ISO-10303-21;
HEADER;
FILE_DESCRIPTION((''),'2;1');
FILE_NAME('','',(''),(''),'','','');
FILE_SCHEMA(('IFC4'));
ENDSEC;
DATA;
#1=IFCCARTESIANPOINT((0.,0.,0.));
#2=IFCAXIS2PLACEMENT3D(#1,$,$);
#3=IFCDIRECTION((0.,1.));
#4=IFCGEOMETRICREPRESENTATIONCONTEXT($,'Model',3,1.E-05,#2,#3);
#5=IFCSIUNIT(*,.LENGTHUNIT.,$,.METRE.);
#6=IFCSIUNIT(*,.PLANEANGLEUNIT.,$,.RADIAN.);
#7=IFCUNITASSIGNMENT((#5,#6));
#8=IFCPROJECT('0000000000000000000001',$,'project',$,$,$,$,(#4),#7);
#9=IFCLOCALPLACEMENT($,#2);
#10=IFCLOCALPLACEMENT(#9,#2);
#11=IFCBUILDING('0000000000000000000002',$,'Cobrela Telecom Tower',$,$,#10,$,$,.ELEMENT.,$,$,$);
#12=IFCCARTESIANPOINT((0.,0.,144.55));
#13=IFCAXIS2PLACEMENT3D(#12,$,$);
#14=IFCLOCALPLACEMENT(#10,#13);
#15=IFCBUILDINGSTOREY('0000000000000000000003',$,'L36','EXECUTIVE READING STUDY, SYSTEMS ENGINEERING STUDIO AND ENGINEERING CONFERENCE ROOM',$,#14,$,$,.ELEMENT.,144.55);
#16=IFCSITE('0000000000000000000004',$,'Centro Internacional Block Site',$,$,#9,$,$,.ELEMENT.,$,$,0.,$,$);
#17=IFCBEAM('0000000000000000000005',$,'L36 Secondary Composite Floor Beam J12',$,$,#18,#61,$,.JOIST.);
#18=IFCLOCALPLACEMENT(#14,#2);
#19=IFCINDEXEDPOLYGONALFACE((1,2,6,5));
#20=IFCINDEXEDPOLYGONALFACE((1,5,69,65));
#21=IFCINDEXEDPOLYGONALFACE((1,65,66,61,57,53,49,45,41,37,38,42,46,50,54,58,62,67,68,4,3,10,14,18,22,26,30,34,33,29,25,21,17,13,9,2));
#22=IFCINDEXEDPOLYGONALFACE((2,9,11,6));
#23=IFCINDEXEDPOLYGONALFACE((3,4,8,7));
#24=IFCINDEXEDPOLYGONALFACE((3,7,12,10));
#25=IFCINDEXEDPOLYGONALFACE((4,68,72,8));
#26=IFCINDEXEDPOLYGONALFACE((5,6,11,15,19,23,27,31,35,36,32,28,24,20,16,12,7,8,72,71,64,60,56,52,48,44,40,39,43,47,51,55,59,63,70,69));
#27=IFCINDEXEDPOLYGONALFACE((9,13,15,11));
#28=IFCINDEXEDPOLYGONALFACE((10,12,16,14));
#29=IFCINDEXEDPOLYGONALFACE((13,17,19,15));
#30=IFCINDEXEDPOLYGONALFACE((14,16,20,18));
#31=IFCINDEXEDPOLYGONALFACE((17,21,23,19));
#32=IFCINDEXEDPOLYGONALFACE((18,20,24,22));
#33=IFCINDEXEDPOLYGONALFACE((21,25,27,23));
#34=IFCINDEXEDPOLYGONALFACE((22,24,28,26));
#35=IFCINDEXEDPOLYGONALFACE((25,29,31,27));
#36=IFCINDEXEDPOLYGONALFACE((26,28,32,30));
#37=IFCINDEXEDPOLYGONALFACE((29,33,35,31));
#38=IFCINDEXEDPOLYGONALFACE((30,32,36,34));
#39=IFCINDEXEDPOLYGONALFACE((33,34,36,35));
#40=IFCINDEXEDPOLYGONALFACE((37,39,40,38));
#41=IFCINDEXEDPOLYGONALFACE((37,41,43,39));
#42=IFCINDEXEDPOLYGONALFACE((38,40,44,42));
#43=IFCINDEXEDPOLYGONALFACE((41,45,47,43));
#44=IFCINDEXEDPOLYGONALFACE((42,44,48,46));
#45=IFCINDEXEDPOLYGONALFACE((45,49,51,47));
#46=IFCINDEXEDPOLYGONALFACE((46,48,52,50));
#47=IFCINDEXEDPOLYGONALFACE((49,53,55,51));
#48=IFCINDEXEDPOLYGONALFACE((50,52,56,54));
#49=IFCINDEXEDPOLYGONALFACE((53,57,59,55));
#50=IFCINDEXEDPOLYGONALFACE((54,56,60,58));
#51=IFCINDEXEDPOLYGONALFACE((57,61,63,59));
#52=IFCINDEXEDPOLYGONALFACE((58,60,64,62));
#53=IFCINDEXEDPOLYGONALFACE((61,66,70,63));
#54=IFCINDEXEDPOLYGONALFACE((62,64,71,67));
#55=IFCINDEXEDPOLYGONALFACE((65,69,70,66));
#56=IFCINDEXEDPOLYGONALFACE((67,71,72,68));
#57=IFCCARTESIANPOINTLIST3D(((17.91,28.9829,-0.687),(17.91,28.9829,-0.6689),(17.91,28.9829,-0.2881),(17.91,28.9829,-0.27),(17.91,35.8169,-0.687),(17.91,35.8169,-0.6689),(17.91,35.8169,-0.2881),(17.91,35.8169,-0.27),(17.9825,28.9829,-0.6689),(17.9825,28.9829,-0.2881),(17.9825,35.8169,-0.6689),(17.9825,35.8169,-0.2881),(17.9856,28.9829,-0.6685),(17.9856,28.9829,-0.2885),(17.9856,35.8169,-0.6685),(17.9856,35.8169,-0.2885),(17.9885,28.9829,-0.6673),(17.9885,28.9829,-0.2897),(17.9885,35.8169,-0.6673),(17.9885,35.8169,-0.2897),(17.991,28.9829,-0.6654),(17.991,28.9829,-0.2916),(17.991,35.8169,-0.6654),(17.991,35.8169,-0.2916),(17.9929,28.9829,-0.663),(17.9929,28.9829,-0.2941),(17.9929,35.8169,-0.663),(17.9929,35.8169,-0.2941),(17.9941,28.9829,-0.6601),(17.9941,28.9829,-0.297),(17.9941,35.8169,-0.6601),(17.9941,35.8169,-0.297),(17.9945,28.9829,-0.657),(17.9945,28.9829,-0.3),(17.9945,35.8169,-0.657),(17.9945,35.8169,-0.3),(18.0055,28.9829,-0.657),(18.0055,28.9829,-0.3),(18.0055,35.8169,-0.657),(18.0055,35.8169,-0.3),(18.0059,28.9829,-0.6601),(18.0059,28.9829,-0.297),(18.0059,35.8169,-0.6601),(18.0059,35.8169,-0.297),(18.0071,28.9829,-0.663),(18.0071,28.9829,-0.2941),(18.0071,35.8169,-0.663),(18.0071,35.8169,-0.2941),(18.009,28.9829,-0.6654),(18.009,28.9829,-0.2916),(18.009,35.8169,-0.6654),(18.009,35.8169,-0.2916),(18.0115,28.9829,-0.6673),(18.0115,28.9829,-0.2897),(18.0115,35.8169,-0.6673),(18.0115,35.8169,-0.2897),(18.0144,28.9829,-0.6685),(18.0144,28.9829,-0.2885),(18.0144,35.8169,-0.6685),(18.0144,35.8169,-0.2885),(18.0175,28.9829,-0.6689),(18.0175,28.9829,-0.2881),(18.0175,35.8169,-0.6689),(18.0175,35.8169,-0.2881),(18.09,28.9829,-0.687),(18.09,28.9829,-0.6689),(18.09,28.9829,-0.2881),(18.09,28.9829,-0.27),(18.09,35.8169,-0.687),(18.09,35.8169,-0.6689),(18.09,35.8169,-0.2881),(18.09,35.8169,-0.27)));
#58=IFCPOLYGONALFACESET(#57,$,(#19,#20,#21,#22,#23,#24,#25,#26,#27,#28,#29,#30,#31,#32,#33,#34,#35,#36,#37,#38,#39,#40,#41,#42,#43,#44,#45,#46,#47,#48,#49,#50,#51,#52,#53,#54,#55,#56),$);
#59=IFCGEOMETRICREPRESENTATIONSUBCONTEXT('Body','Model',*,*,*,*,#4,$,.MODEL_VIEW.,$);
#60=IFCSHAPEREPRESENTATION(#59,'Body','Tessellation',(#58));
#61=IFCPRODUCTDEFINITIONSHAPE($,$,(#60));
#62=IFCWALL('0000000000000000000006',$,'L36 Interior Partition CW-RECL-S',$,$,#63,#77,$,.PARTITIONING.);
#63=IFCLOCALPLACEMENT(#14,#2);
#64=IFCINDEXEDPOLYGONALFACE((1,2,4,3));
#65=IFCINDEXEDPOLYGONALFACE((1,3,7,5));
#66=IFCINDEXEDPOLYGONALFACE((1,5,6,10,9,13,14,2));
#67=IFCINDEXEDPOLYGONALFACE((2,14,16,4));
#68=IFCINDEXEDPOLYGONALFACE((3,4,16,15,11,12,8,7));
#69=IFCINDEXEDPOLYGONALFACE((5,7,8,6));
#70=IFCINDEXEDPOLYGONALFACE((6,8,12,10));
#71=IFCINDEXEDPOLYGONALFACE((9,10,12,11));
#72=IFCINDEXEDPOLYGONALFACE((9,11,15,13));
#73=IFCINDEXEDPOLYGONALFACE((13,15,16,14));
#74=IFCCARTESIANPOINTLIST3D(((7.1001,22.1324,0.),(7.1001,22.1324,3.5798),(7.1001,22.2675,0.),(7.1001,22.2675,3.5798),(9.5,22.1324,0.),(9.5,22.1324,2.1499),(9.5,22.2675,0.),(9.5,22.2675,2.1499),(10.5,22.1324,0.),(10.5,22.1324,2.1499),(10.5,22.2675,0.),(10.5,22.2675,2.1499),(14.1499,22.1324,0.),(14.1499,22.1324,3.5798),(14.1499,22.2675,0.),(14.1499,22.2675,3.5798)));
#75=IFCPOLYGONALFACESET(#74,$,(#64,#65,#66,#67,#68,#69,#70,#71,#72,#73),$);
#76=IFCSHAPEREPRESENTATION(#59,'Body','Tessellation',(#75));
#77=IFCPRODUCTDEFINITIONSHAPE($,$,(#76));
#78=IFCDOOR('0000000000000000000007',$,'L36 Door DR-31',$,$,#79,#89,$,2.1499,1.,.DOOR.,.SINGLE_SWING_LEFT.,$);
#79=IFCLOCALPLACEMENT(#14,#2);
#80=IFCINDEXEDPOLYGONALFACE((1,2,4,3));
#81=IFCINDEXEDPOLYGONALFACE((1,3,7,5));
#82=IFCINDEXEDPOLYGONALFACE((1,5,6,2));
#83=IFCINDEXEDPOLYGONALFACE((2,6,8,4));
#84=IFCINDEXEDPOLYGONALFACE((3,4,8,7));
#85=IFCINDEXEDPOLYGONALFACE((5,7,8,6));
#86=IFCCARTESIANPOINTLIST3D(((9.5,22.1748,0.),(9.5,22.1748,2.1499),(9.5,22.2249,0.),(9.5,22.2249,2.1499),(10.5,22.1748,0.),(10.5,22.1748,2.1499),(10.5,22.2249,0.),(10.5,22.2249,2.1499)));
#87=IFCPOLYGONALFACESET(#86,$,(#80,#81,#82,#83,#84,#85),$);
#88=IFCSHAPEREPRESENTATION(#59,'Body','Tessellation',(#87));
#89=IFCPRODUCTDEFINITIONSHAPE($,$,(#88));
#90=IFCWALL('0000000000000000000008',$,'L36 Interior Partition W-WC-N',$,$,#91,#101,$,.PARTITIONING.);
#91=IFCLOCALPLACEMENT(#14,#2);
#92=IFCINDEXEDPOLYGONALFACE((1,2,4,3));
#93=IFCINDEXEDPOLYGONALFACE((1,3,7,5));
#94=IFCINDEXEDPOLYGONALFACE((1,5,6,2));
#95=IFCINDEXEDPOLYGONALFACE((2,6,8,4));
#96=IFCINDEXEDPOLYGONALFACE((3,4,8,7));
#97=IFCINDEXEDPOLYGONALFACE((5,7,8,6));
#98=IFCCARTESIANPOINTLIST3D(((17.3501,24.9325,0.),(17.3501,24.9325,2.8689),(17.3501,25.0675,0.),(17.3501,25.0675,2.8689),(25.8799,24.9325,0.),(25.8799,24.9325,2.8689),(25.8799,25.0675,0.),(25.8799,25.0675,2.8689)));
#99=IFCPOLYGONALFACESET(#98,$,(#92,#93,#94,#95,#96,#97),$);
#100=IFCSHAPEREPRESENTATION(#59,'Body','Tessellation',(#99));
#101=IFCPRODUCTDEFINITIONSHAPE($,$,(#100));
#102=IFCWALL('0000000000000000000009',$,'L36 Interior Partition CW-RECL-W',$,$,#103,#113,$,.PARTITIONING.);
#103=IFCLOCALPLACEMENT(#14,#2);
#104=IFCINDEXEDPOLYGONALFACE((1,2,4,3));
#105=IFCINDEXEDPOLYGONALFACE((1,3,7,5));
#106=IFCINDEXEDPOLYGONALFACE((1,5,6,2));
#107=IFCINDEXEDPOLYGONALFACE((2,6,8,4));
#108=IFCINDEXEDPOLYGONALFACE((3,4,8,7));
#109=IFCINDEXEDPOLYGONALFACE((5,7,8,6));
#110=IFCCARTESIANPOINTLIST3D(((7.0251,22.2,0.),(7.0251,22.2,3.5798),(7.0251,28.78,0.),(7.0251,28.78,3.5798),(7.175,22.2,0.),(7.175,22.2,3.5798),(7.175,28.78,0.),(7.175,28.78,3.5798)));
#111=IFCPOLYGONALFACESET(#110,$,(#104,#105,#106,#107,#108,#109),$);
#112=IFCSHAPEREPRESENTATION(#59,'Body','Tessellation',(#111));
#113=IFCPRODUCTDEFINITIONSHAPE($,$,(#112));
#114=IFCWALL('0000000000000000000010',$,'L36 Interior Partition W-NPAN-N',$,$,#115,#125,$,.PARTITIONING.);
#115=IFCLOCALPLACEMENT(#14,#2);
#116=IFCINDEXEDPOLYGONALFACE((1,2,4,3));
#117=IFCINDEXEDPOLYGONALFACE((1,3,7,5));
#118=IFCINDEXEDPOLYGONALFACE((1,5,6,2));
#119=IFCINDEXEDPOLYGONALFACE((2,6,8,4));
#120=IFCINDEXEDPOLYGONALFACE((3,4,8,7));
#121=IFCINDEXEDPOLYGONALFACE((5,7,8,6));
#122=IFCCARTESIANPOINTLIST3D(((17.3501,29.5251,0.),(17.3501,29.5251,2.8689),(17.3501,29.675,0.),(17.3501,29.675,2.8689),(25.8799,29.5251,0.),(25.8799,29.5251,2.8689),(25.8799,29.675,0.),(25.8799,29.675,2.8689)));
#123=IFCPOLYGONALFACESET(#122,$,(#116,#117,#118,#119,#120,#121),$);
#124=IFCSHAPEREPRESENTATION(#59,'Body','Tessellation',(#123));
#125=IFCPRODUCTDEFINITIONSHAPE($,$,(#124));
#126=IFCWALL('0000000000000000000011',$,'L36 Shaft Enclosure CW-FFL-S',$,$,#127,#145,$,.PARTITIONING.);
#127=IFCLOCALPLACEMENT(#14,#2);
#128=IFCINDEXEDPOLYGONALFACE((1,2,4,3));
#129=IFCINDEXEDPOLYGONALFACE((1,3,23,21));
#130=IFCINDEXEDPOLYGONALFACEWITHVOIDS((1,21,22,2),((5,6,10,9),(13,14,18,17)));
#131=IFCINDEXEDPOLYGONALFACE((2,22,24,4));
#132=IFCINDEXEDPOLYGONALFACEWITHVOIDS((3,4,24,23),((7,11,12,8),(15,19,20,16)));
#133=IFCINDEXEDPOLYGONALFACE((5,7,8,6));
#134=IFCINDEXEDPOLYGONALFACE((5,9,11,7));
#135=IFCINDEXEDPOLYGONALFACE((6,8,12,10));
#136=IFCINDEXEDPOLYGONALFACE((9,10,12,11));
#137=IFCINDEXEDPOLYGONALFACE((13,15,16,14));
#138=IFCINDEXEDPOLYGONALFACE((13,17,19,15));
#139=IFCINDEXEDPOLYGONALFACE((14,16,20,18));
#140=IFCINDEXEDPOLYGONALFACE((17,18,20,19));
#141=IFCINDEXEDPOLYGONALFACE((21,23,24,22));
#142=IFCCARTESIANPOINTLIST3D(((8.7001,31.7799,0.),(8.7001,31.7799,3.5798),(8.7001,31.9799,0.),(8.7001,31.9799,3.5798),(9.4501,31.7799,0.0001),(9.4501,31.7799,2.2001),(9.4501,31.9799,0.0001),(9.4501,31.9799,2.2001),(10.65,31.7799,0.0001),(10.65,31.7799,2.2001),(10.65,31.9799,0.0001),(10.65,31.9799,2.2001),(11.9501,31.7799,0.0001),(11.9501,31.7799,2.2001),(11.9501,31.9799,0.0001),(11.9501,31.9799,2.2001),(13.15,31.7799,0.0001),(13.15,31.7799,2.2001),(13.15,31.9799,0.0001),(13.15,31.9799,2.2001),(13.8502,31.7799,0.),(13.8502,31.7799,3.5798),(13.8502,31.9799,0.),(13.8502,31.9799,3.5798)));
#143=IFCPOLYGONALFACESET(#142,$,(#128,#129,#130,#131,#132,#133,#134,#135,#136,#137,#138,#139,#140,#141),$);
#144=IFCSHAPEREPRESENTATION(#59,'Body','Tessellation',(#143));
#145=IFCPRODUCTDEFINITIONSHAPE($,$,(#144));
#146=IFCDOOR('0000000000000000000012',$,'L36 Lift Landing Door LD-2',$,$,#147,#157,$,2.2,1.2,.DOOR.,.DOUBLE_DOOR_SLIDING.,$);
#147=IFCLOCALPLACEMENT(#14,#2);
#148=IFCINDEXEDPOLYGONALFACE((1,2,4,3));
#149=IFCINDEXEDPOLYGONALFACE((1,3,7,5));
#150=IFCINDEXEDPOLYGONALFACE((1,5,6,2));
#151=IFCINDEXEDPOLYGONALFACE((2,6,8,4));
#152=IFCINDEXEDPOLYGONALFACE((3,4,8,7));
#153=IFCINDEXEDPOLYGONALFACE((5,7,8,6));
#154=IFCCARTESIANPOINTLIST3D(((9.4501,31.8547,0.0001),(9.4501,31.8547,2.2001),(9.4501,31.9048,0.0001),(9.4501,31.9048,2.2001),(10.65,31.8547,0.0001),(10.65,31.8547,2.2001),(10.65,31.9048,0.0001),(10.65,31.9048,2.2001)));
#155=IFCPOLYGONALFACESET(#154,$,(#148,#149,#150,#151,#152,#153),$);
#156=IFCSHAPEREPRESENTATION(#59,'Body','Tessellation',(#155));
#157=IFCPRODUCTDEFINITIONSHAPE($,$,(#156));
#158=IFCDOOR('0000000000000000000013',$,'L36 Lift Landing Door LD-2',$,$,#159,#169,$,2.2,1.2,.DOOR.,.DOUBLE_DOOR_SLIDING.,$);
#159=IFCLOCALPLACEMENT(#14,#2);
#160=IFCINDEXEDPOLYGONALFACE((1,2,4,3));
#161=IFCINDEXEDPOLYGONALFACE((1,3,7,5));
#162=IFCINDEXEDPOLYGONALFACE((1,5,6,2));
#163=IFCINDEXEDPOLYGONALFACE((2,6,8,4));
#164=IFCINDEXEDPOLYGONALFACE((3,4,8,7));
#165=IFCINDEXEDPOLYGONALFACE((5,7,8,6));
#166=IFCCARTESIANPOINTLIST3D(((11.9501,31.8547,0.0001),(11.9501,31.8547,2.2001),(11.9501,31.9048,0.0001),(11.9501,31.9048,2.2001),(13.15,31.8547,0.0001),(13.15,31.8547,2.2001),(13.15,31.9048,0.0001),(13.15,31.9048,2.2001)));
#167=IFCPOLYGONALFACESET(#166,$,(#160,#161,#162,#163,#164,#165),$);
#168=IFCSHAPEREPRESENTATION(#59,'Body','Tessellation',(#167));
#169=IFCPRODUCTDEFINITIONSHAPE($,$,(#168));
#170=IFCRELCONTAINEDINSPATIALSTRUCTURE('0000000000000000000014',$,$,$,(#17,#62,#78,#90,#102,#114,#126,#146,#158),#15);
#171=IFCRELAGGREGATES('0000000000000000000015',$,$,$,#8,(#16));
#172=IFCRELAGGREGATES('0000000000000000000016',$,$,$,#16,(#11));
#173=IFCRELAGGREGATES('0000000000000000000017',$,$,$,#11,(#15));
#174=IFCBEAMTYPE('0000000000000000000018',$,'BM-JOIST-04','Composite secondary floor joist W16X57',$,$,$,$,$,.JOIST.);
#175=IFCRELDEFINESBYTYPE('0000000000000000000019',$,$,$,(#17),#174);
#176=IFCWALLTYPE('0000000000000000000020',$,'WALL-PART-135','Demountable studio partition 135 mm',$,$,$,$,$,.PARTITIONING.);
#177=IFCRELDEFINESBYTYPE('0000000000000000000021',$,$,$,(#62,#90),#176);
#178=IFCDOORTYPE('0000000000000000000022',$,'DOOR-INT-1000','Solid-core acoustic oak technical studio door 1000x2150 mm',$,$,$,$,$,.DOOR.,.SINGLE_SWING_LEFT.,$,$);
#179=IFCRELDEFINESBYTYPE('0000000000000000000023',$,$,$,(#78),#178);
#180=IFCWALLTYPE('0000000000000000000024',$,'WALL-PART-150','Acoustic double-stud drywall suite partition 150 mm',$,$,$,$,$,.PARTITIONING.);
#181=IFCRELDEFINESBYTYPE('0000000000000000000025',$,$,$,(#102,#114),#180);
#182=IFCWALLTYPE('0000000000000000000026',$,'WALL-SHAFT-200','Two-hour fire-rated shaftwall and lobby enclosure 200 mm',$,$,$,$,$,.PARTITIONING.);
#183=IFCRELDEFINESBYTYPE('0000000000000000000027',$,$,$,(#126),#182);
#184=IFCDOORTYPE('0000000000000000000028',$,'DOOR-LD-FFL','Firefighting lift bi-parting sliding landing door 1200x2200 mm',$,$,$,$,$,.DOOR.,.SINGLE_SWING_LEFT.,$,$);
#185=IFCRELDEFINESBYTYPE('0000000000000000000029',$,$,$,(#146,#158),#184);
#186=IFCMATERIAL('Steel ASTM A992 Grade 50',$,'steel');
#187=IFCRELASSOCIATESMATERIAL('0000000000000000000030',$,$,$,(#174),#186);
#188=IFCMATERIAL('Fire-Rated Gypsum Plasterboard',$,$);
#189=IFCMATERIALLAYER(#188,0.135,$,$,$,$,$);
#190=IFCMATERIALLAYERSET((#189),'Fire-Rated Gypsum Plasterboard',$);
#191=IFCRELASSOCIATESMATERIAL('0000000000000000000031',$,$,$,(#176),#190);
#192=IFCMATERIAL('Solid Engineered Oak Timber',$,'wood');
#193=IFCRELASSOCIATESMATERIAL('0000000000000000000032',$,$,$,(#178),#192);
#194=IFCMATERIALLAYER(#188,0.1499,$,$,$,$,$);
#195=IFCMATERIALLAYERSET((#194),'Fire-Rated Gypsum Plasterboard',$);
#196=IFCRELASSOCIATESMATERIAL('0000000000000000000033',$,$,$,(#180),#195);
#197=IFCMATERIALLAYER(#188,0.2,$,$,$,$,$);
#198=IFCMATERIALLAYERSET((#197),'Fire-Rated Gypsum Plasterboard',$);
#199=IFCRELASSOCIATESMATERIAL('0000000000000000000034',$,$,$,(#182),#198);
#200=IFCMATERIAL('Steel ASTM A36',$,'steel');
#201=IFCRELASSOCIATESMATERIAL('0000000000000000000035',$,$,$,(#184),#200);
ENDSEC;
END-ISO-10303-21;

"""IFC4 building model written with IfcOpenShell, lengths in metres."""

from ifc_helpers import new_model, si_unit, direction, frame, frame_2d, origin, origin_2d, place, context, subcontext, project, spatial, rectangle, i_section, extrude, material, layer, layer_set, material_profile, profile_set, type_object, element, fill, save


model = new_model("IFC4")

# Units and contexts
model_context = context("Model", 3, precision=1e-05, world=origin(), true_north=direction((0.0, 1.0)))
body_context = subcontext(model_context, "Body", "Model", "MODEL_VIEW")
ifc_project = project(units=[si_unit("LENGTHUNIT", "METRE"), si_unit("PLANEANGLEUNIT", "RADIAN")], contexts=[model_context])

# Site, building, storey
site_placement = place(None, origin())
site = spatial("IfcSite", under=ifc_project, at=site_placement, Name="Centro Internacional Block Site", CompositionType="ELEMENT", RefElevation=0.0)
building_placement = place(site_placement, origin())
building = spatial("IfcBuilding", under=site, at=building_placement, Name="Cobrela Telecom Tower", CompositionType="ELEMENT")
storey_placement = place(building_placement, frame((0.0, 0.0, 144.55)))
storey = spatial("IfcBuildingStorey", under=building, at=storey_placement, Name="L36", Description="EXECUTIVE READING STUDY, SYSTEMS ENGINEERING STUDIO AND ENGINEERING CONFERENCE ROOM", CompositionType="ELEMENT", Elevation=144.55)

# Beam
ifc_material_1 = material(Name="Steel ASTM A992 Grade 50", Category="steel")
ifc_material_profile_1 = material_profile(ifc_material_1, i_section(OverallWidth=0.1799, OverallDepth=0.417, WebThickness=0.011, FlangeThickness=0.0181, FilletRadius=0.012, at=origin_2d()), Name="W16X57")
ifc_profile_set_1 = profile_set([ifc_material_profile_1], Name="Steel ASTM A992 Grade 50")
beam_type_1 = type_object("IfcBeamType", Name="BM-JOIST-04", Description="Composite secondary floor joist W16X57", PredefinedType="JOIST", material=ifc_profile_set_1)
for number, where, z_axis, x_axis, name in (
    (1, (18.0, 28.9829, -0.4785), (0.0, 1.0, 0.0), (-1.0, 0.0, 0.0), "L36 Secondary Composite Floor Beam J12"),
):
    element("IfcBeam", number, at=place(storey_placement, frame(where, z_axis=z_axis, x_axis=x_axis)), inside=storey, type_object=beam_type_1, Name=name, PredefinedType="JOIST", context=body_context, shape_type="SweptSolid", body=[
        extrude(i_section(OverallWidth=0.1799, OverallDepth=0.417, WebThickness=0.011, FlangeThickness=0.0181, FilletRadius=0.012, at=origin_2d()), origin(), (0.0, 0.0, 1.0), 6.834),
    ])

# Shared definitions
ifc_material_2 = material(Name="Steel ASTM A36", Category="steel")

# Wall, opening, door
ifc_material_3 = material(Name="Fire-Rated Gypsum Plasterboard")
ifc_layer_1 = layer(ifc_material_3, 0.135)
ifc_layer_set_1 = layer_set([ifc_layer_1], Name="Fire-Rated Gypsum Plasterboard")
wall_type_1 = type_object("IfcWallType", Name="WALL-PART-135", Description="Demountable studio partition 135 mm", PredefinedType="PARTITIONING", material=ifc_layer_set_1)
wall_1_placement = place(storey_placement, frame((7.1001, 22.2, 0.0), z_axis=(0.0, 0.0, 1.0), x_axis=(1.0, 0.0, 0.0)))
wall_1 = element("IfcWall", 2, at=wall_1_placement, inside=storey, type_object=wall_type_1, Name="L36 Interior Partition CW-RECL-S", PredefinedType="PARTITIONING", context=body_context, shape_type="SweptSolid", body=[
    extrude(rectangle(XDim=7.0498, YDim=0.135, at=frame_2d((3.5249, 0.0))), origin(), (0.0, 0.0, 1.0), 3.5798),
])
opening_1_placement = place(wall_1_placement, frame((2.3999, 0.0, 0.0)))
opening_1 = element("IfcOpeningElement", 3, at=opening_1_placement, cuts=wall_1, PredefinedType="OPENING", context=body_context, shape_type="SweptSolid", body=[
    extrude(rectangle(XDim=1.0, YDim=2.1499, at=frame_2d((0.5, 1.075))), frame((0.0, 0.0796, 0.0), z_axis=(0.0, -1.0, 0.0), x_axis=(1.0, 0.0, 0.0)), (0.0, 0.0, 1.0), 0.1589),
])
ifc_material_4 = material(Name="Solid Engineered Oak Timber", Category="wood")
door_type_1 = type_object("IfcDoorType", Name="DOOR-INT-1000", Description="Solid-core acoustic oak technical studio door 1000x2150 mm", OperationType="SINGLE_SWING_LEFT", PredefinedType="DOOR", material=ifc_material_4)
door_1_placement = place(opening_1_placement, origin())
door_1 = element("IfcDoor", 4, at=door_1_placement, inside=storey, type_object=door_type_1, Name="L36 Door DR-31", OperationType="SINGLE_SWING_LEFT", OverallHeight=2.1499, OverallWidth=1.0, PredefinedType="DOOR", context=body_context, shape_type="SweptSolid", body=[
    extrude(rectangle(XDim=1.0, YDim=2.1499, at=frame_2d((0.5, 1.075))), frame((0.0, 0.0249, 0.0), z_axis=(0.0, -1.0, 0.0), x_axis=(1.0, 0.0, 0.0)), (0.0, 0.0, 1.0), 0.05),
])
fill(opening_1, door_1)

# Walls
wall_2_placement = place(storey_placement, frame((17.3501, 25.0, 0.0), z_axis=(0.0, 0.0, 1.0), x_axis=(1.0, 0.0, 0.0)))
element("IfcWall", 5, at=wall_2_placement, inside=storey, type_object=wall_type_1, Name="L36 Interior Partition W-WC-N", PredefinedType="PARTITIONING", context=body_context, shape_type="SweptSolid", body=[
    extrude(rectangle(XDim=8.5298, YDim=0.135, at=frame_2d((4.2649, 0.0))), origin(), (0.0, 0.0, 1.0), 2.8689),
])
ifc_layer_2 = layer(ifc_material_3, 0.1499)
ifc_layer_set_2 = layer_set([ifc_layer_2], Name="Fire-Rated Gypsum Plasterboard")
wall_type_2 = type_object("IfcWallType", Name="WALL-PART-150", Description="Acoustic double-stud drywall suite partition 150 mm", PredefinedType="PARTITIONING", material=ifc_layer_set_2)
wall_3_placement = place(storey_placement, frame((7.1001, 22.2, 0.0), z_axis=(0.0, 0.0, 1.0), x_axis=(0.0, 1.0, 0.0)))
element("IfcWall", 6, at=wall_3_placement, inside=storey, type_object=wall_type_2, Name="L36 Interior Partition CW-RECL-W", PredefinedType="PARTITIONING", context=body_context, shape_type="SweptSolid", body=[
    extrude(rectangle(XDim=6.5801, YDim=0.1499, at=frame_2d((3.29, 0.0))), origin(), (0.0, 0.0, 1.0), 3.5798),
])
wall_4_placement = place(storey_placement, frame((17.3501, 29.6001, 0.0), z_axis=(0.0, 0.0, 1.0), x_axis=(1.0, 0.0, 0.0)))
element("IfcWall", 7, at=wall_4_placement, inside=storey, type_object=wall_type_2, Name="L36 Interior Partition W-NPAN-N", PredefinedType="PARTITIONING", context=body_context, shape_type="SweptSolid", body=[
    extrude(rectangle(XDim=8.5298, YDim=0.1499, at=frame_2d((4.2649, 0.0))), origin(), (0.0, 0.0, 1.0), 2.8689),
])

# Wall, openings, doors
ifc_layer_3 = layer(ifc_material_3, 0.2)
ifc_layer_set_3 = layer_set([ifc_layer_3], Name="Fire-Rated Gypsum Plasterboard")
wall_type_3 = type_object("IfcWallType", Name="WALL-SHAFT-200", Description="Two-hour fire-rated shaftwall and lobby enclosure 200 mm", PredefinedType="PARTITIONING", material=ifc_layer_set_3)
wall_5_placement = place(storey_placement, frame((8.7, 31.8799, 0.0), z_axis=(0.0, 0.0, 1.0), x_axis=(1.0, 0.0, 0.0)))
wall_5 = element("IfcWall", 8, at=wall_5_placement, inside=storey, type_object=wall_type_3, Name="L36 Shaft Enclosure CW-FFL-S", PredefinedType="PARTITIONING", context=body_context, shape_type="SweptSolid", body=[
    extrude(rectangle(XDim=5.1501, YDim=0.2, at=frame_2d((2.5752, 0.0))), origin(), (0.0, 0.0, 1.0), 3.5798),
])
opening_2_placement = place(wall_5_placement, frame((0.75, 0.0, 0.0)))
opening_2 = element("IfcOpeningElement", 9, at=opening_2_placement, cuts=wall_5, PredefinedType="OPENING", context=body_context, shape_type="SweptSolid", body=[
    extrude(rectangle(XDim=1.2, YDim=2.2, at=frame_2d((0.6001, 1.1001))), frame((0.0, 0.1118, 0.0), z_axis=(0.0, -1.0, 0.0), x_axis=(1.0, 0.0, 0.0)), (0.0, 0.0, 1.0), 0.2239),
])
opening_3_placement = place(wall_5_placement, frame((3.25, 0.0, 0.0)))
opening_3 = element("IfcOpeningElement", 10, at=opening_3_placement, cuts=wall_5, PredefinedType="OPENING", context=body_context, shape_type="SweptSolid", body=[
    extrude(rectangle(XDim=1.2, YDim=2.2, at=frame_2d((0.6001, 1.1001))), frame((0.0, 0.1118, 0.0), z_axis=(0.0, -1.0, 0.0), x_axis=(1.0, 0.0, 0.0)), (0.0, 0.0, 1.0), 0.2239),
])
door_type_2 = type_object("IfcDoorType", Name="DOOR-LD-FFL", Description="Firefighting lift bi-parting sliding landing door 1200x2200 mm", OperationType="SINGLE_SWING_LEFT", PredefinedType="DOOR", material=ifc_material_2)
door_2_placement = place(opening_2_placement, origin())
door_2 = element("IfcDoor", 11, at=door_2_placement, inside=storey, type_object=door_type_2, Name="L36 Lift Landing Door LD-2", OperationType="DOUBLE_DOOR_SLIDING", OverallHeight=2.2, OverallWidth=1.2, PredefinedType="DOOR", context=body_context, shape_type="SweptSolid", body=[
    extrude(rectangle(XDim=1.2, YDim=2.2, at=frame_2d((0.6001, 1.1001))), frame((0.0, 0.0249, 0.0), z_axis=(0.0, -1.0, 0.0), x_axis=(1.0, 0.0, 0.0)), (0.0, 0.0, 1.0), 0.05),
])
fill(opening_2, door_2)
door_3_placement = place(opening_3_placement, origin())
door_3 = element("IfcDoor", 12, at=door_3_placement, inside=storey, type_object=door_type_2, Name="L36 Lift Landing Door LD-2", OperationType="DOUBLE_DOOR_SLIDING", OverallHeight=2.2, OverallWidth=1.2, PredefinedType="DOOR", context=body_context, shape_type="SweptSolid", body=[
    extrude(rectangle(XDim=1.2, YDim=2.2, at=frame_2d((0.6001, 1.1001))), frame((0.0, 0.0249, 0.0), z_axis=(0.0, -1.0, 0.0), x_axis=(1.0, 0.0, 0.0)), (0.0, 0.0, 1.0), 0.05),
])
fill(opening_3, door_3)

save(model, "model.ifc")
